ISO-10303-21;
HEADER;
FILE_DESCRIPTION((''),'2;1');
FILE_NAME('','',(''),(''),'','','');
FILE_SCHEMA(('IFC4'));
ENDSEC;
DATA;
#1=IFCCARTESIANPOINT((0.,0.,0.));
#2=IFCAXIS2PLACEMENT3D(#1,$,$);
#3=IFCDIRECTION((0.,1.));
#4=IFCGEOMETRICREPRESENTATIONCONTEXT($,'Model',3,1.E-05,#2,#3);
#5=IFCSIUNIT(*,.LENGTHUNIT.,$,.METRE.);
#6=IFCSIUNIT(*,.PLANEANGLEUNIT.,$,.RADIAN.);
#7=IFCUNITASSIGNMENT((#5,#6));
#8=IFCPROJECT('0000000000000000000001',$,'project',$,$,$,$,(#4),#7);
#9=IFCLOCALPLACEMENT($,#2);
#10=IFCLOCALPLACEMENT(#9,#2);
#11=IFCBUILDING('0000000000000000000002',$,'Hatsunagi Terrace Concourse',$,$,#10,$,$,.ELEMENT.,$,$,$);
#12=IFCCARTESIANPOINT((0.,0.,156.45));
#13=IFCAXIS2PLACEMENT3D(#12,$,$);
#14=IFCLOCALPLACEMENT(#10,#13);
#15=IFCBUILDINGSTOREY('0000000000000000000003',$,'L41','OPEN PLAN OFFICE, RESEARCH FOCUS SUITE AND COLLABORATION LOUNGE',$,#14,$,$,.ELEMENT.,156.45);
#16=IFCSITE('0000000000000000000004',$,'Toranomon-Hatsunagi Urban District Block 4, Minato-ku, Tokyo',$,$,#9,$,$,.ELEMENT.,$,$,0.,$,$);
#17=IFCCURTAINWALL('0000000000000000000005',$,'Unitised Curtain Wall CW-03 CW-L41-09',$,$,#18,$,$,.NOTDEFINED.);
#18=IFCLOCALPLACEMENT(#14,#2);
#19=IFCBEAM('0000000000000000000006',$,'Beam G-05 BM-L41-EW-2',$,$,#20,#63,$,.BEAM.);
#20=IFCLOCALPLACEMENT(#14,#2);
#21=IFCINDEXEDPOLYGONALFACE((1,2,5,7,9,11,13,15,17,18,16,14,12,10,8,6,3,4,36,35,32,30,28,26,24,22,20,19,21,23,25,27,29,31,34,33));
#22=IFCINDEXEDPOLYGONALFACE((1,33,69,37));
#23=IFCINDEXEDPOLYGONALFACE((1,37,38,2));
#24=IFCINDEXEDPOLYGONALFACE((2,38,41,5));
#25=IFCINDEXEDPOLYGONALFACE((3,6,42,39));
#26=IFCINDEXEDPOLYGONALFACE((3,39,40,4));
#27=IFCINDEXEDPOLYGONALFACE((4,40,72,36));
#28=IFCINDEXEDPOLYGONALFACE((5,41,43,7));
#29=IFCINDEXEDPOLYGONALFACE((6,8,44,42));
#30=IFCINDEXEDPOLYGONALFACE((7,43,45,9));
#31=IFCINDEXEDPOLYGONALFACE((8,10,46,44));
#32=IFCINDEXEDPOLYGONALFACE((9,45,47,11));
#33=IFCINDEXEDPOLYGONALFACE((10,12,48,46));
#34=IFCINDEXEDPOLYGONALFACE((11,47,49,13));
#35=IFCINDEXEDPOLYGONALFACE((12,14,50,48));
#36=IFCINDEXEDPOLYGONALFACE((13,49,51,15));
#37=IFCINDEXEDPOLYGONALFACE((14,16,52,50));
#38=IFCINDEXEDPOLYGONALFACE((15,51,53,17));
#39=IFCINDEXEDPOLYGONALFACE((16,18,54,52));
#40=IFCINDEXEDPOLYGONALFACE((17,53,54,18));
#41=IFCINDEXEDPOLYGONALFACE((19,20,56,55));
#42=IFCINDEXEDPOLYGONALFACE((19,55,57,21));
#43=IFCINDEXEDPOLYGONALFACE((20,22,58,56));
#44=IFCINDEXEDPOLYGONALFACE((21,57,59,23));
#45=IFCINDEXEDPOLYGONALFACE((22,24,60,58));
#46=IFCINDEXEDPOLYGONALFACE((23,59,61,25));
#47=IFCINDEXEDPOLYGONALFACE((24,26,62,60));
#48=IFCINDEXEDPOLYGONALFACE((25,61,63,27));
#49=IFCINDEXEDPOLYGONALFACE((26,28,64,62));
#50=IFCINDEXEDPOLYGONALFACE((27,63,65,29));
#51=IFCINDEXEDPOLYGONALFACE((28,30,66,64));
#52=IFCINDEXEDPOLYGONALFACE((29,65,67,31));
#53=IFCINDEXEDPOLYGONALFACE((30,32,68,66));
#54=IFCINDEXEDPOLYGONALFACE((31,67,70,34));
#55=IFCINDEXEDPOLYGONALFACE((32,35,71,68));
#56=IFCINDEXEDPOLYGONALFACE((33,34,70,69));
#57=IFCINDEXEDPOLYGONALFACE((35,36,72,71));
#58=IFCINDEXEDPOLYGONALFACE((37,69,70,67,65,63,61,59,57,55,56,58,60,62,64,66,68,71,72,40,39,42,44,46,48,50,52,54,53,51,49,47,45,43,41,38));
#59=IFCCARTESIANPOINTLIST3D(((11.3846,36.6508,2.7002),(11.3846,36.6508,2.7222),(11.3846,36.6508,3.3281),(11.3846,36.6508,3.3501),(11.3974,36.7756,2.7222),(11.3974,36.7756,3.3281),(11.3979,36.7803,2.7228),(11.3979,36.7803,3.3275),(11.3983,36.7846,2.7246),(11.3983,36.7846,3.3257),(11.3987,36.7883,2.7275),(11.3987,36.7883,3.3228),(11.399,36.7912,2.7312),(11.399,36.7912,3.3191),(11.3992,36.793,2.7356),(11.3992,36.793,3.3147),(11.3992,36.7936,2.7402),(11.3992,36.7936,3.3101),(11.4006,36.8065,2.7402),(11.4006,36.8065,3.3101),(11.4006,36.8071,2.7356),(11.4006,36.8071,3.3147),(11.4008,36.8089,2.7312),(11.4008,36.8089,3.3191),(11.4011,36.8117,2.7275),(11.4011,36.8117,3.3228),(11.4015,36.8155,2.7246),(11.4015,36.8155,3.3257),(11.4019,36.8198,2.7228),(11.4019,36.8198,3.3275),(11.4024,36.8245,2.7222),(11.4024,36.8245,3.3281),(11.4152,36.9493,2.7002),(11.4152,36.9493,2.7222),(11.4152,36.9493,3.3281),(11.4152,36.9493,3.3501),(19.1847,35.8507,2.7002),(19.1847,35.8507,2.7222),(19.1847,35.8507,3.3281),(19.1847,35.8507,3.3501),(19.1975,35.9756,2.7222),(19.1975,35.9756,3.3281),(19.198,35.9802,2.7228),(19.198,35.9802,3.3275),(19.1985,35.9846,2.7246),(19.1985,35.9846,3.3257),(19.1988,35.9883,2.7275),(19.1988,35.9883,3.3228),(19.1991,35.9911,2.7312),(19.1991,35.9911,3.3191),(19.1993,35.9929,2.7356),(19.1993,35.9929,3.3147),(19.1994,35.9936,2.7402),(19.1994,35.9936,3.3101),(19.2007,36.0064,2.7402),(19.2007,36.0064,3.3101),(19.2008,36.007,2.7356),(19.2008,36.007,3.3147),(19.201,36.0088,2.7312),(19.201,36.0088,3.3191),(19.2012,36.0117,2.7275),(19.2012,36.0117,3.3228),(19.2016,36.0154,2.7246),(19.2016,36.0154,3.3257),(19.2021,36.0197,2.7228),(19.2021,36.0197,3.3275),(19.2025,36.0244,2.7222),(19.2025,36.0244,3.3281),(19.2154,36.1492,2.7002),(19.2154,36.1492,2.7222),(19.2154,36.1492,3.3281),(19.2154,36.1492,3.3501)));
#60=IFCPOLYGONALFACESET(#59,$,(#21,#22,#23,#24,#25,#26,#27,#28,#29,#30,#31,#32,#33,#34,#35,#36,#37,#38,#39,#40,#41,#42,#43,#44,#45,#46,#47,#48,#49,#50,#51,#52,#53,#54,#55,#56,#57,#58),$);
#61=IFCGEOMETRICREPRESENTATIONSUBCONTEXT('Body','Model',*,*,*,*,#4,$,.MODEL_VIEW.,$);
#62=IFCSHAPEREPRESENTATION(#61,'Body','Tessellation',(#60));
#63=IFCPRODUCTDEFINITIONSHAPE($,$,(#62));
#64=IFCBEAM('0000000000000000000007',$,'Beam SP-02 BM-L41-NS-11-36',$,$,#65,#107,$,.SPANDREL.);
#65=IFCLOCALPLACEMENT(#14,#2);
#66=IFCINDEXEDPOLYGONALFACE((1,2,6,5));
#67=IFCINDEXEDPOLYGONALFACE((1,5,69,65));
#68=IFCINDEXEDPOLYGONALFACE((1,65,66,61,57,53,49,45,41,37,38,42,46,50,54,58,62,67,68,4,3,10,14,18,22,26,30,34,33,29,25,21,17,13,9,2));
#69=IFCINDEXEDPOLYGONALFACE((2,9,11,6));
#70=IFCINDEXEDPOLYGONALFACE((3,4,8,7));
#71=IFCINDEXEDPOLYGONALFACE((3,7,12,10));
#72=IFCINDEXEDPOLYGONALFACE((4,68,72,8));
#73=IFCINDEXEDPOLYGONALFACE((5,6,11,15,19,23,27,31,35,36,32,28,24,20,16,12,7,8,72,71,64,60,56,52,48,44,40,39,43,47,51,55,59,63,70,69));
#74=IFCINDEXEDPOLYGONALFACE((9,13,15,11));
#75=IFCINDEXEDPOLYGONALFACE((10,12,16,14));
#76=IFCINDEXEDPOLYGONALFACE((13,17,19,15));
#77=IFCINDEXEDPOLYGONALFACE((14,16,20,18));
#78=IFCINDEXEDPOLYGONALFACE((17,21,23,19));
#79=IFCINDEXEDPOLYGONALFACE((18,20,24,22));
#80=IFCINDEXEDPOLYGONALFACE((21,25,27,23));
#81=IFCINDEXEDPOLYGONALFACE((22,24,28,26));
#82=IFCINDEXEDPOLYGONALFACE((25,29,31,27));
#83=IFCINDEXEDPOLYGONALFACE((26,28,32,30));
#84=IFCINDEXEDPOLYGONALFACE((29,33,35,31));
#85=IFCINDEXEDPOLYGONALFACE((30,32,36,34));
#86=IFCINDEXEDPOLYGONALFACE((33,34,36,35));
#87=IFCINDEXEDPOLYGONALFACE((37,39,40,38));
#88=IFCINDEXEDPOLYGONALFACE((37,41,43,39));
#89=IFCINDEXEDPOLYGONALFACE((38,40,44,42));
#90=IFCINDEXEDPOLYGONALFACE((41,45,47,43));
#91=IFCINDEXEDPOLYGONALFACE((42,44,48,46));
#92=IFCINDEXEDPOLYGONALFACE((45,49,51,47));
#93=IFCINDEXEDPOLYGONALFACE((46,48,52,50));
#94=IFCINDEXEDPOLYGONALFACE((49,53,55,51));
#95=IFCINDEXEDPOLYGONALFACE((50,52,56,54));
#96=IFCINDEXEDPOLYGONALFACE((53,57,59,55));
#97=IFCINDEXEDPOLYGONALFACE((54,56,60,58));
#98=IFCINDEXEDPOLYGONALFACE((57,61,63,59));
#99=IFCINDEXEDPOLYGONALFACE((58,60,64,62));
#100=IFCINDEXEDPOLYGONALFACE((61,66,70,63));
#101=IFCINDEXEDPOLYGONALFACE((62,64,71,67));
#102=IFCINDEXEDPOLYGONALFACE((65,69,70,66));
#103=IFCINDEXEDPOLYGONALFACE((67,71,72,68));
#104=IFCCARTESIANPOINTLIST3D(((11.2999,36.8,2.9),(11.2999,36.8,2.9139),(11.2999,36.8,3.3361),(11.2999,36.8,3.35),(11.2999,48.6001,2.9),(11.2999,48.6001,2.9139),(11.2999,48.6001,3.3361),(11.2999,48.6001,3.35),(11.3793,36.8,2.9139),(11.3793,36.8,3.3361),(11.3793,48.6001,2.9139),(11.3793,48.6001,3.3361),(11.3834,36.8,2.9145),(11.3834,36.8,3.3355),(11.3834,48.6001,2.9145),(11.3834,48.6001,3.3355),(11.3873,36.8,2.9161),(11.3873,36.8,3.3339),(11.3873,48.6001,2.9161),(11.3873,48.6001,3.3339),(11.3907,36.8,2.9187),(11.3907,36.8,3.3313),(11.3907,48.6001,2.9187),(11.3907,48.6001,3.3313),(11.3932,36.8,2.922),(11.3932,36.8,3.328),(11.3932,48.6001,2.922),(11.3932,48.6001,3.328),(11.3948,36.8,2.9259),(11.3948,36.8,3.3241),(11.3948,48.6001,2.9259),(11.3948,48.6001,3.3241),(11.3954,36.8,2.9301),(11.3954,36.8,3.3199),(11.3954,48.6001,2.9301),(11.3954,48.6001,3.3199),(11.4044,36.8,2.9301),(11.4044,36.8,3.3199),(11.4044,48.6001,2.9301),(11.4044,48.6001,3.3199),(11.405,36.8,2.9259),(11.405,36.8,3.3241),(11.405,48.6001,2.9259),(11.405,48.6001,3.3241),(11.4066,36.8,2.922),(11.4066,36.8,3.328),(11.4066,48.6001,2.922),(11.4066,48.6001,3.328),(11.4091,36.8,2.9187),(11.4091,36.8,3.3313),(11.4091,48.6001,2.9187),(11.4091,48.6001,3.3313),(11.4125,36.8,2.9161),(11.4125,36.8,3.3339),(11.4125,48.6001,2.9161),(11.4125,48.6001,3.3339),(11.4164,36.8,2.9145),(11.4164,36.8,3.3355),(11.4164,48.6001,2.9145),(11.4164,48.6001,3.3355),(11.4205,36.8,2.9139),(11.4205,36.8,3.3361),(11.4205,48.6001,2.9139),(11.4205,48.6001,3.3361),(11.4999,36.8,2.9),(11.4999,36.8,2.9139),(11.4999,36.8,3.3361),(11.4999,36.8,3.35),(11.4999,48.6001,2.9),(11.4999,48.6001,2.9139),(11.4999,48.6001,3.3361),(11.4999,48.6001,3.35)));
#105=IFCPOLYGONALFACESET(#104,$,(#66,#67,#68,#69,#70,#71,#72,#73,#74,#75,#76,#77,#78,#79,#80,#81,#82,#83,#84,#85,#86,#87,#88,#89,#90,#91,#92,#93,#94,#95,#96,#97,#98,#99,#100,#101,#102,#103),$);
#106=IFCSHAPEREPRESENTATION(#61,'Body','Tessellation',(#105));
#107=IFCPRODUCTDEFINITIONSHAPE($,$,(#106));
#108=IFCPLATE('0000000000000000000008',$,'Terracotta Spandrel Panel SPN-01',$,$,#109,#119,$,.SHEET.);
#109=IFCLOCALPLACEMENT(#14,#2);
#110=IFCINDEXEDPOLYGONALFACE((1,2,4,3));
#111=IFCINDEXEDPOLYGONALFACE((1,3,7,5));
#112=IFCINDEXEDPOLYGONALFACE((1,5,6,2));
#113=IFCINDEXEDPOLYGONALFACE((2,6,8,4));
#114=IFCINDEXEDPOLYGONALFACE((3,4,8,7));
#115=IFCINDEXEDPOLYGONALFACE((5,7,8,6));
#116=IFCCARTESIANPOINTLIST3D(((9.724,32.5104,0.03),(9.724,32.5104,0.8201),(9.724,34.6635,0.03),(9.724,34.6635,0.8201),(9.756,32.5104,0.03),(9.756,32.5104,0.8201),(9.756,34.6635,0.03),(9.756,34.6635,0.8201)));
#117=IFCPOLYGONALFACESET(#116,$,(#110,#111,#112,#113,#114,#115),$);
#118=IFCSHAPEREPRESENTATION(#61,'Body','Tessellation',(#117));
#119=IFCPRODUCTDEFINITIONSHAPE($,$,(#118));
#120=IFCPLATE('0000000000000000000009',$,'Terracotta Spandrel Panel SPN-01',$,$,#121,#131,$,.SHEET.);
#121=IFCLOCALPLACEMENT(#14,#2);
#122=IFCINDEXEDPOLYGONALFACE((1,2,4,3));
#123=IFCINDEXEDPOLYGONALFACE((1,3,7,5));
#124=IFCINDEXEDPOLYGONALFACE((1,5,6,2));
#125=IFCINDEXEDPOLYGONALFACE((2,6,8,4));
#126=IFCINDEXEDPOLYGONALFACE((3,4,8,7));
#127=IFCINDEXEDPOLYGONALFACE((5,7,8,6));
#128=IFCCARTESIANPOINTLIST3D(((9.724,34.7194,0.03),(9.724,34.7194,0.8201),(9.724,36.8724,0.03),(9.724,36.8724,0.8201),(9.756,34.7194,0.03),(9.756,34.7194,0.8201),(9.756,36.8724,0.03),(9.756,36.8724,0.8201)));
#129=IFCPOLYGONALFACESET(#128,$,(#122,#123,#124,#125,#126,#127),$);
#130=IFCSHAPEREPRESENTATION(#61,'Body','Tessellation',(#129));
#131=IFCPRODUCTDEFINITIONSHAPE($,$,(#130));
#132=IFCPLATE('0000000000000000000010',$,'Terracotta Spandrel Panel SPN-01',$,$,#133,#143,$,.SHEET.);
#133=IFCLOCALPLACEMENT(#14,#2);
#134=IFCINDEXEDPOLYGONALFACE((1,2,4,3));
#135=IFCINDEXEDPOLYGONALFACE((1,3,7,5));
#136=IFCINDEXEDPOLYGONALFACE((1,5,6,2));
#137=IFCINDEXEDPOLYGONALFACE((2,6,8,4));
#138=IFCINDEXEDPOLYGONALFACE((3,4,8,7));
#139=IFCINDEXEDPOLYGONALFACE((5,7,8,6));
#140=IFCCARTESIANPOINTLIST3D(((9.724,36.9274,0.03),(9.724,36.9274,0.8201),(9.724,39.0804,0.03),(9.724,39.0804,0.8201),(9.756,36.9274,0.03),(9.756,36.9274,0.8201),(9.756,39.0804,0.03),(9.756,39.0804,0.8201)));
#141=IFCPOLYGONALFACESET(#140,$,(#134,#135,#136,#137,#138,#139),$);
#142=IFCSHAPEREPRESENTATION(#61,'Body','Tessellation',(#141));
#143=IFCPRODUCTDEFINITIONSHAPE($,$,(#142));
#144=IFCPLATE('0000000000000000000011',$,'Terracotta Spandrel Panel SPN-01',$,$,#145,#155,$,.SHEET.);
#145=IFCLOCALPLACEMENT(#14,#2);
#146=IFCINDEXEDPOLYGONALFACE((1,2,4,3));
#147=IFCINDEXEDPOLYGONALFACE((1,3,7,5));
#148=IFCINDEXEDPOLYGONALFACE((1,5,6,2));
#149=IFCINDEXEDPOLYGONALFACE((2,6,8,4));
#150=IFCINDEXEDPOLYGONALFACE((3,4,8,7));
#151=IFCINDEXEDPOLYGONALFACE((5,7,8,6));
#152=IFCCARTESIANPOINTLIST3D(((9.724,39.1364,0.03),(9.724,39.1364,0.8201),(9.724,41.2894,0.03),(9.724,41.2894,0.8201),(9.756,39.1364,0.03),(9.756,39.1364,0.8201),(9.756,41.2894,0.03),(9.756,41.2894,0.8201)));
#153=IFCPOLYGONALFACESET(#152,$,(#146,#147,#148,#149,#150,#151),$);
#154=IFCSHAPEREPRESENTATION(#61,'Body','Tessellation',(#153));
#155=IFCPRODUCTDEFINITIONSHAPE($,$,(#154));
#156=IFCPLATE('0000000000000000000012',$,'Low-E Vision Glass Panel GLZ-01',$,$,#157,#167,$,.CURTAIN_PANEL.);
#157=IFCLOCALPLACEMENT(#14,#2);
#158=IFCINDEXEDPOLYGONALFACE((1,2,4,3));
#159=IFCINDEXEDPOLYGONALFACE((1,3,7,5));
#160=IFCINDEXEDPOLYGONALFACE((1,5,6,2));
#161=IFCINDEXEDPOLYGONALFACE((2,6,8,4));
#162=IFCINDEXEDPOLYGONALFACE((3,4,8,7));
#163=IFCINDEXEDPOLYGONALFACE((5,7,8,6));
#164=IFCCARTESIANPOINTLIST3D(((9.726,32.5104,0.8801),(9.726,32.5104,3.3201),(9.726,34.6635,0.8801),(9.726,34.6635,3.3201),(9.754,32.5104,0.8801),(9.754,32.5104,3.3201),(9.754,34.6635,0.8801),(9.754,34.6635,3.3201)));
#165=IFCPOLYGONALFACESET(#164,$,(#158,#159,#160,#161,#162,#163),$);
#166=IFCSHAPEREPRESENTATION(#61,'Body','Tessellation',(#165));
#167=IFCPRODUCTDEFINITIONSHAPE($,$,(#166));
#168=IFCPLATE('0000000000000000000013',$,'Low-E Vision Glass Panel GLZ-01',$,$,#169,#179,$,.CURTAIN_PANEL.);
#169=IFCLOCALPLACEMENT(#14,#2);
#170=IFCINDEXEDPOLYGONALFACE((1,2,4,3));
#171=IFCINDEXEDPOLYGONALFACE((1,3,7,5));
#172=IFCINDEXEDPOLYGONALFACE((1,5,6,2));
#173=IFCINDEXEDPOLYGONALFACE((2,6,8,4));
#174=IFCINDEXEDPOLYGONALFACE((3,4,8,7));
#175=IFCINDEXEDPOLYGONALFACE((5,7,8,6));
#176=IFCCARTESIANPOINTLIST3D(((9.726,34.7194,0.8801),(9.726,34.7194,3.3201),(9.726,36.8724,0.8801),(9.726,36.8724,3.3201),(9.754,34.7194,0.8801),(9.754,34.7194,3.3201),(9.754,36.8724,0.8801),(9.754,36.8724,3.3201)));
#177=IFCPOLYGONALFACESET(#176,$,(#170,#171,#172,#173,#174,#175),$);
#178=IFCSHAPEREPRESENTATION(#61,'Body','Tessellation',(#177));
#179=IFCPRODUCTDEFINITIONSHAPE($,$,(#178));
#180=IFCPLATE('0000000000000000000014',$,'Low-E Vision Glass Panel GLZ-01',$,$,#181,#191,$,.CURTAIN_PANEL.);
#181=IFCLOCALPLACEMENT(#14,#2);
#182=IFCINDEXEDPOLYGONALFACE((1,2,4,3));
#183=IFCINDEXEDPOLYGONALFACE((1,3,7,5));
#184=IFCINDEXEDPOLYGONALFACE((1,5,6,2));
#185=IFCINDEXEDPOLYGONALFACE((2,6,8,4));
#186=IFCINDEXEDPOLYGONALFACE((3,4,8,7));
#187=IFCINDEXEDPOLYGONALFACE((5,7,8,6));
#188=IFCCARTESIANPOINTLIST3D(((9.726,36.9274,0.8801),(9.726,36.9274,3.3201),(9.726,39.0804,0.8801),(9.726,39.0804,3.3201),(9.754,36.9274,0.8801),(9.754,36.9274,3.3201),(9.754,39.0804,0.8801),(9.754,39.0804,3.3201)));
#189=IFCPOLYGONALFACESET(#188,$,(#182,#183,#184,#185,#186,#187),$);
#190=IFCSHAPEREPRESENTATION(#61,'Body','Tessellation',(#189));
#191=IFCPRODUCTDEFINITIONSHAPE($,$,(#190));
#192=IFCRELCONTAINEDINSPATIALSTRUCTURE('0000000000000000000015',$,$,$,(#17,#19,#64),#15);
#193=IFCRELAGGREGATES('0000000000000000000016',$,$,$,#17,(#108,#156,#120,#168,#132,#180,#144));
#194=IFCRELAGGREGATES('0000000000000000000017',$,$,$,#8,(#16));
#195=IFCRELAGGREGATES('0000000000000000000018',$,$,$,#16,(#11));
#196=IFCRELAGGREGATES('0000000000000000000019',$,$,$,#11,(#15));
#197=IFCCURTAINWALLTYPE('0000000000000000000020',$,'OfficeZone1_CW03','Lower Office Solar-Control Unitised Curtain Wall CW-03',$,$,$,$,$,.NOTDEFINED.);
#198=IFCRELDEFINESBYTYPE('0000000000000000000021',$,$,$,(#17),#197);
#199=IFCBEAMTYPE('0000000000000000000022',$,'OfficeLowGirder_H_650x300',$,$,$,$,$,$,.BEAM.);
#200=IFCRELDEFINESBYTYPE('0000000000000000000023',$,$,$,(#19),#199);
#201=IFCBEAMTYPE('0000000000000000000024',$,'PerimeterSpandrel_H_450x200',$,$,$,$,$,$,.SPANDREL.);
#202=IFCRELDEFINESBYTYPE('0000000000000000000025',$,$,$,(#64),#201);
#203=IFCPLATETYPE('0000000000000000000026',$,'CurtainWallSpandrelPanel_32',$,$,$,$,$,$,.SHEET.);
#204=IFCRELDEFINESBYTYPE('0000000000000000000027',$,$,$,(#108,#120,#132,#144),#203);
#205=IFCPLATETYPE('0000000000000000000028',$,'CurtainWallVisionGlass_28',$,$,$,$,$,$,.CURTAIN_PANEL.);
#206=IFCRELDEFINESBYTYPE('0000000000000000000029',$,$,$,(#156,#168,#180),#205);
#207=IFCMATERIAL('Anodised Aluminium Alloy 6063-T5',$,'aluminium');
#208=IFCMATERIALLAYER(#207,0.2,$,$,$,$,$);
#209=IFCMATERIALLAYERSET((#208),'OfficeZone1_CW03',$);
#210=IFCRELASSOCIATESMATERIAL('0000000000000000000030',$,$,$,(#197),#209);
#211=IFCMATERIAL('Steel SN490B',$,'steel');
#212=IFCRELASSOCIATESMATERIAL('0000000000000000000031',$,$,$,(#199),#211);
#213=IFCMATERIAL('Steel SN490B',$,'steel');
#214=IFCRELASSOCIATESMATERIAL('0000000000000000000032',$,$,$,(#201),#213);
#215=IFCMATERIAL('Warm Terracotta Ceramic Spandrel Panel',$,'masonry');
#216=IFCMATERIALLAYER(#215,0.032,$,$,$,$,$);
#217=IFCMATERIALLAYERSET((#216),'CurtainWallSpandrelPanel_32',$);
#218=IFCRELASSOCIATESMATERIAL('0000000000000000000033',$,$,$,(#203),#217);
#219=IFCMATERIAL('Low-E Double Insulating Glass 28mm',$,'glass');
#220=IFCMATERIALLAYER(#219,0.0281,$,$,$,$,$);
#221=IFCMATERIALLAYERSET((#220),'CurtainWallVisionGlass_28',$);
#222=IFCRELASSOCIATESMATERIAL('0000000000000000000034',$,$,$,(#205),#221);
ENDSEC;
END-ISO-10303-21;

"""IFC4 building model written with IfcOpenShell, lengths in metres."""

from ifc_helpers import new_model, si_unit, direction, frame, origin, origin_2d, place, context, subcontext, project, spatial, rectangle, i_section, extrude, material, layer, layer_set, material_profile, profile_set, type_object, element, aggregate, save


model = new_model("IFC4")

# Units and contexts
model_context = context("Model", 3, precision=1e-05, world=origin(), true_north=direction((0.0, 1.0)))
body_context = subcontext(model_context, "Body", "Model", "MODEL_VIEW")
ifc_project = project(units=[si_unit("LENGTHUNIT", "METRE"), si_unit("PLANEANGLEUNIT", "RADIAN")], contexts=[model_context])

# Site, building, storey
site_placement = place(None, origin())
site = spatial("IfcSite", under=ifc_project, at=site_placement, Name="Toranomon-Hatsunagi Urban District Block 4, Minato-ku, Tokyo", CompositionType="ELEMENT", RefElevation=0.0)
building_placement = place(site_placement, origin())
building = spatial("IfcBuilding", under=site, at=building_placement, Name="Hatsunagi Terrace Concourse", CompositionType="ELEMENT")
storey_placement = place(building_placement, frame((0.0, 0.0, 156.45)))
storey = spatial("IfcBuildingStorey", under=building, at=storey_placement, Name="L41", Description="OPEN PLAN OFFICE, RESEARCH FOCUS SUITE AND COLLABORATION LOUNGE", CompositionType="ELEMENT", Elevation=156.45)

# Curtain wall
ifc_material_1 = material(Name="Anodised Aluminium Alloy 6063-T5", Category="aluminium")
ifc_layer_1 = layer(ifc_material_1, 0.2)
ifc_layer_set_1 = layer_set([ifc_layer_1], Name="OfficeZone1_CW03")
curtain_wall_type = type_object("IfcCurtainWallType", Name="OfficeZone1_CW03", Description="Lower Office Solar-Control Unitised Curtain Wall CW-03", PredefinedType="NOTDEFINED", material=ifc_layer_set_1)
curtain_wall_placement = place(storey_placement, origin())
curtain_wall = element("IfcCurtainWall", 1, at=curtain_wall_placement, inside=storey, type_object=curtain_wall_type, Name="Unitised Curtain Wall CW-03 CW-L41-09", PredefinedType="NOTDEFINED")

# Beams
ifc_material_2 = material(Name="Steel SN490B", Category="steel")
ifc_material_profile_1 = material_profile(ifc_material_2, i_section(OverallWidth=0.3, OverallDepth=0.6499, WebThickness=0.0129, FlangeThickness=0.022, FilletRadius=0.0181, at=origin_2d()), Name="H-650x300x13x22")
ifc_profile_set_1 = profile_set([ifc_material_profile_1], Name="Steel SN490B")
beam_type_1 = type_object("IfcBeamType", Name="OfficeLowGirder_H_650x300", PredefinedType="BEAM", material=ifc_profile_set_1)
beam_1_placement = place(storey_placement, frame((11.3999, 36.8, 3.0251), z_axis=(0.994781, -0.102034, 0.0), x_axis=(0.102034, 0.994781, 0.0)))
element("IfcBeam", 2, at=beam_1_placement, inside=storey, type_object=beam_type_1, Name="Beam G-05 BM-L41-EW-2", PredefinedType="BEAM", context=body_context, shape_type="SweptSolid", body=[
    extrude(i_section(OverallWidth=0.3, OverallDepth=0.6499, WebThickness=0.0129, FlangeThickness=0.022, FilletRadius=0.0181, at=origin_2d()), origin(), (0.0, 0.0, 1.0), 7.8411),
])
ifc_material_3 = material(Name="Steel SN490B", Category="steel")
ifc_material_profile_2 = material_profile(ifc_material_3, i_section(OverallWidth=0.2, OverallDepth=0.45, WebThickness=0.009, FlangeThickness=0.0139, FilletRadius=0.0161, at=origin_2d()), Name="H-450x200x9x14")
ifc_profile_set_2 = profile_set([ifc_material_profile_2], Name="Steel SN490B")
beam_type_2 = type_object("IfcBeamType", Name="PerimeterSpandrel_H_450x200", PredefinedType="SPANDREL", material=ifc_profile_set_2)
beam_2_placement = place(storey_placement, frame((11.3999, 36.8, 3.125), z_axis=(0.0, 1.0, 0.0), x_axis=(-1.0, 0.0, 0.0)))
element("IfcBeam", 3, at=beam_2_placement, inside=storey, type_object=beam_type_2, Name="Beam SP-02 BM-L41-NS-11-36", PredefinedType="SPANDREL", context=body_context, shape_type="SweptSolid", body=[
    extrude(i_section(OverallWidth=0.2, OverallDepth=0.45, WebThickness=0.009, FlangeThickness=0.0139, FilletRadius=0.0161, at=origin_2d()), origin(), (0.0, 0.0, 1.0), 11.8),
])

# Plates
ifc_material_4 = material(Name="Warm Terracotta Ceramic Spandrel Panel", Category="masonry")
ifc_layer_2 = layer(ifc_material_4, 0.032)
ifc_layer_set_2 = layer_set([ifc_layer_2], Name="CurtainWallSpandrelPanel_32")
plate_type_1 = type_object("IfcPlateType", Name="CurtainWallSpandrelPanel_32", PredefinedType="SHEET", material=ifc_layer_set_2)
plate_1_placement = place(storey_placement, frame((9.74, 33.5869, 0.03), z_axis=(0.0, 0.0, 1.0), x_axis=(0.0, 1.0, 0.0)))
plate_1 = element("IfcPlate", 4, at=plate_1_placement, type_object=plate_type_1, Name="Terracotta Spandrel Panel SPN-01", PredefinedType="SHEET", context=body_context, shape_type="SweptSolid", body=[
    extrude(rectangle(XDim=2.1531, YDim=0.032, at=origin_2d()), origin(), (0.0, 0.0, 1.0), 0.79),
])
plate_2_placement = place(storey_placement, frame((9.74, 35.7959, 0.03), z_axis=(0.0, 0.0, 1.0), x_axis=(0.0, 1.0, 0.0)))
plate_2 = element("IfcPlate", 5, at=plate_2_placement, type_object=plate_type_1, Name="Terracotta Spandrel Panel SPN-01", PredefinedType="SHEET", context=body_context, shape_type="SweptSolid", body=[
    extrude(rectangle(XDim=2.1531, YDim=0.032, at=origin_2d()), origin(), (0.0, 0.0, 1.0), 0.79),
])
plate_3_placement = place(storey_placement, frame((9.74, 38.0039, 0.03), z_axis=(0.0, 0.0, 1.0), x_axis=(0.0, 1.0, 0.0)))
plate_3 = element("IfcPlate", 6, at=plate_3_placement, type_object=plate_type_1, Name="Terracotta Spandrel Panel SPN-01", PredefinedType="SHEET", context=body_context, shape_type="SweptSolid", body=[
    extrude(rectangle(XDim=2.1531, YDim=0.032, at=origin_2d()), origin(), (0.0, 0.0, 1.0), 0.79),
])
plate_4_placement = place(storey_placement, frame((9.74, 40.2129, 0.03), z_axis=(0.0, 0.0, 1.0), x_axis=(0.0, 1.0, 0.0)))
plate_4 = element("IfcPlate", 7, at=plate_4_placement, type_object=plate_type_1, Name="Terracotta Spandrel Panel SPN-01", PredefinedType="SHEET", context=body_context, shape_type="SweptSolid", body=[
    extrude(rectangle(XDim=2.1531, YDim=0.032, at=origin_2d()), origin(), (0.0, 0.0, 1.0), 0.79),
])
ifc_material_5 = material(Name="Low-E Double Insulating Glass 28mm", Category="glass")
ifc_layer_3 = layer(ifc_material_5, 0.0281)
ifc_layer_set_3 = layer_set([ifc_layer_3], Name="CurtainWallVisionGlass_28")
plate_type_2 = type_object("IfcPlateType", Name="CurtainWallVisionGlass_28", PredefinedType="CURTAIN_PANEL", material=ifc_layer_set_3)
plate_5_placement = place(storey_placement, frame((9.74, 33.5869, 0.8801), z_axis=(0.0, 0.0, 1.0), x_axis=(0.0, 1.0, 0.0)))
plate_5 = element("IfcPlate", 8, at=plate_5_placement, type_object=plate_type_2, Name="Low-E Vision Glass Panel GLZ-01", PredefinedType="CURTAIN_PANEL", context=body_context, shape_type="SweptSolid", body=[
    extrude(rectangle(XDim=2.1531, YDim=0.0281, at=origin_2d()), origin(), (0.0, 0.0, 1.0), 2.4399),
])
plate_6_placement = place(storey_placement, frame((9.74, 35.7959, 0.8801), z_axis=(0.0, 0.0, 1.0), x_axis=(0.0, 1.0, 0.0)))
plate_6 = element("IfcPlate", 9, at=plate_6_placement, type_object=plate_type_2, Name="Low-E Vision Glass Panel GLZ-01", PredefinedType="CURTAIN_PANEL", context=body_context, shape_type="SweptSolid", body=[
    extrude(rectangle(XDim=2.1531, YDim=0.0281, at=origin_2d()), origin(), (0.0, 0.0, 1.0), 2.4399),
])
plate_7_placement = place(storey_placement, frame((9.74, 38.0039, 0.8801), z_axis=(0.0, 0.0, 1.0), x_axis=(0.0, 1.0, 0.0)))
plate_7 = element("IfcPlate", 10, at=plate_7_placement, type_object=plate_type_2, Name="Low-E Vision Glass Panel GLZ-01", PredefinedType="CURTAIN_PANEL", context=body_context, shape_type="SweptSolid", body=[
    extrude(rectangle(XDim=2.1531, YDim=0.0281, at=origin_2d()), origin(), (0.0, 0.0, 1.0), 2.4399),
])
aggregate(curtain_wall, [plate_1, plate_5, plate_2, plate_6, plate_3, plate_7, plate_4])

save(model, "model.ifc")
